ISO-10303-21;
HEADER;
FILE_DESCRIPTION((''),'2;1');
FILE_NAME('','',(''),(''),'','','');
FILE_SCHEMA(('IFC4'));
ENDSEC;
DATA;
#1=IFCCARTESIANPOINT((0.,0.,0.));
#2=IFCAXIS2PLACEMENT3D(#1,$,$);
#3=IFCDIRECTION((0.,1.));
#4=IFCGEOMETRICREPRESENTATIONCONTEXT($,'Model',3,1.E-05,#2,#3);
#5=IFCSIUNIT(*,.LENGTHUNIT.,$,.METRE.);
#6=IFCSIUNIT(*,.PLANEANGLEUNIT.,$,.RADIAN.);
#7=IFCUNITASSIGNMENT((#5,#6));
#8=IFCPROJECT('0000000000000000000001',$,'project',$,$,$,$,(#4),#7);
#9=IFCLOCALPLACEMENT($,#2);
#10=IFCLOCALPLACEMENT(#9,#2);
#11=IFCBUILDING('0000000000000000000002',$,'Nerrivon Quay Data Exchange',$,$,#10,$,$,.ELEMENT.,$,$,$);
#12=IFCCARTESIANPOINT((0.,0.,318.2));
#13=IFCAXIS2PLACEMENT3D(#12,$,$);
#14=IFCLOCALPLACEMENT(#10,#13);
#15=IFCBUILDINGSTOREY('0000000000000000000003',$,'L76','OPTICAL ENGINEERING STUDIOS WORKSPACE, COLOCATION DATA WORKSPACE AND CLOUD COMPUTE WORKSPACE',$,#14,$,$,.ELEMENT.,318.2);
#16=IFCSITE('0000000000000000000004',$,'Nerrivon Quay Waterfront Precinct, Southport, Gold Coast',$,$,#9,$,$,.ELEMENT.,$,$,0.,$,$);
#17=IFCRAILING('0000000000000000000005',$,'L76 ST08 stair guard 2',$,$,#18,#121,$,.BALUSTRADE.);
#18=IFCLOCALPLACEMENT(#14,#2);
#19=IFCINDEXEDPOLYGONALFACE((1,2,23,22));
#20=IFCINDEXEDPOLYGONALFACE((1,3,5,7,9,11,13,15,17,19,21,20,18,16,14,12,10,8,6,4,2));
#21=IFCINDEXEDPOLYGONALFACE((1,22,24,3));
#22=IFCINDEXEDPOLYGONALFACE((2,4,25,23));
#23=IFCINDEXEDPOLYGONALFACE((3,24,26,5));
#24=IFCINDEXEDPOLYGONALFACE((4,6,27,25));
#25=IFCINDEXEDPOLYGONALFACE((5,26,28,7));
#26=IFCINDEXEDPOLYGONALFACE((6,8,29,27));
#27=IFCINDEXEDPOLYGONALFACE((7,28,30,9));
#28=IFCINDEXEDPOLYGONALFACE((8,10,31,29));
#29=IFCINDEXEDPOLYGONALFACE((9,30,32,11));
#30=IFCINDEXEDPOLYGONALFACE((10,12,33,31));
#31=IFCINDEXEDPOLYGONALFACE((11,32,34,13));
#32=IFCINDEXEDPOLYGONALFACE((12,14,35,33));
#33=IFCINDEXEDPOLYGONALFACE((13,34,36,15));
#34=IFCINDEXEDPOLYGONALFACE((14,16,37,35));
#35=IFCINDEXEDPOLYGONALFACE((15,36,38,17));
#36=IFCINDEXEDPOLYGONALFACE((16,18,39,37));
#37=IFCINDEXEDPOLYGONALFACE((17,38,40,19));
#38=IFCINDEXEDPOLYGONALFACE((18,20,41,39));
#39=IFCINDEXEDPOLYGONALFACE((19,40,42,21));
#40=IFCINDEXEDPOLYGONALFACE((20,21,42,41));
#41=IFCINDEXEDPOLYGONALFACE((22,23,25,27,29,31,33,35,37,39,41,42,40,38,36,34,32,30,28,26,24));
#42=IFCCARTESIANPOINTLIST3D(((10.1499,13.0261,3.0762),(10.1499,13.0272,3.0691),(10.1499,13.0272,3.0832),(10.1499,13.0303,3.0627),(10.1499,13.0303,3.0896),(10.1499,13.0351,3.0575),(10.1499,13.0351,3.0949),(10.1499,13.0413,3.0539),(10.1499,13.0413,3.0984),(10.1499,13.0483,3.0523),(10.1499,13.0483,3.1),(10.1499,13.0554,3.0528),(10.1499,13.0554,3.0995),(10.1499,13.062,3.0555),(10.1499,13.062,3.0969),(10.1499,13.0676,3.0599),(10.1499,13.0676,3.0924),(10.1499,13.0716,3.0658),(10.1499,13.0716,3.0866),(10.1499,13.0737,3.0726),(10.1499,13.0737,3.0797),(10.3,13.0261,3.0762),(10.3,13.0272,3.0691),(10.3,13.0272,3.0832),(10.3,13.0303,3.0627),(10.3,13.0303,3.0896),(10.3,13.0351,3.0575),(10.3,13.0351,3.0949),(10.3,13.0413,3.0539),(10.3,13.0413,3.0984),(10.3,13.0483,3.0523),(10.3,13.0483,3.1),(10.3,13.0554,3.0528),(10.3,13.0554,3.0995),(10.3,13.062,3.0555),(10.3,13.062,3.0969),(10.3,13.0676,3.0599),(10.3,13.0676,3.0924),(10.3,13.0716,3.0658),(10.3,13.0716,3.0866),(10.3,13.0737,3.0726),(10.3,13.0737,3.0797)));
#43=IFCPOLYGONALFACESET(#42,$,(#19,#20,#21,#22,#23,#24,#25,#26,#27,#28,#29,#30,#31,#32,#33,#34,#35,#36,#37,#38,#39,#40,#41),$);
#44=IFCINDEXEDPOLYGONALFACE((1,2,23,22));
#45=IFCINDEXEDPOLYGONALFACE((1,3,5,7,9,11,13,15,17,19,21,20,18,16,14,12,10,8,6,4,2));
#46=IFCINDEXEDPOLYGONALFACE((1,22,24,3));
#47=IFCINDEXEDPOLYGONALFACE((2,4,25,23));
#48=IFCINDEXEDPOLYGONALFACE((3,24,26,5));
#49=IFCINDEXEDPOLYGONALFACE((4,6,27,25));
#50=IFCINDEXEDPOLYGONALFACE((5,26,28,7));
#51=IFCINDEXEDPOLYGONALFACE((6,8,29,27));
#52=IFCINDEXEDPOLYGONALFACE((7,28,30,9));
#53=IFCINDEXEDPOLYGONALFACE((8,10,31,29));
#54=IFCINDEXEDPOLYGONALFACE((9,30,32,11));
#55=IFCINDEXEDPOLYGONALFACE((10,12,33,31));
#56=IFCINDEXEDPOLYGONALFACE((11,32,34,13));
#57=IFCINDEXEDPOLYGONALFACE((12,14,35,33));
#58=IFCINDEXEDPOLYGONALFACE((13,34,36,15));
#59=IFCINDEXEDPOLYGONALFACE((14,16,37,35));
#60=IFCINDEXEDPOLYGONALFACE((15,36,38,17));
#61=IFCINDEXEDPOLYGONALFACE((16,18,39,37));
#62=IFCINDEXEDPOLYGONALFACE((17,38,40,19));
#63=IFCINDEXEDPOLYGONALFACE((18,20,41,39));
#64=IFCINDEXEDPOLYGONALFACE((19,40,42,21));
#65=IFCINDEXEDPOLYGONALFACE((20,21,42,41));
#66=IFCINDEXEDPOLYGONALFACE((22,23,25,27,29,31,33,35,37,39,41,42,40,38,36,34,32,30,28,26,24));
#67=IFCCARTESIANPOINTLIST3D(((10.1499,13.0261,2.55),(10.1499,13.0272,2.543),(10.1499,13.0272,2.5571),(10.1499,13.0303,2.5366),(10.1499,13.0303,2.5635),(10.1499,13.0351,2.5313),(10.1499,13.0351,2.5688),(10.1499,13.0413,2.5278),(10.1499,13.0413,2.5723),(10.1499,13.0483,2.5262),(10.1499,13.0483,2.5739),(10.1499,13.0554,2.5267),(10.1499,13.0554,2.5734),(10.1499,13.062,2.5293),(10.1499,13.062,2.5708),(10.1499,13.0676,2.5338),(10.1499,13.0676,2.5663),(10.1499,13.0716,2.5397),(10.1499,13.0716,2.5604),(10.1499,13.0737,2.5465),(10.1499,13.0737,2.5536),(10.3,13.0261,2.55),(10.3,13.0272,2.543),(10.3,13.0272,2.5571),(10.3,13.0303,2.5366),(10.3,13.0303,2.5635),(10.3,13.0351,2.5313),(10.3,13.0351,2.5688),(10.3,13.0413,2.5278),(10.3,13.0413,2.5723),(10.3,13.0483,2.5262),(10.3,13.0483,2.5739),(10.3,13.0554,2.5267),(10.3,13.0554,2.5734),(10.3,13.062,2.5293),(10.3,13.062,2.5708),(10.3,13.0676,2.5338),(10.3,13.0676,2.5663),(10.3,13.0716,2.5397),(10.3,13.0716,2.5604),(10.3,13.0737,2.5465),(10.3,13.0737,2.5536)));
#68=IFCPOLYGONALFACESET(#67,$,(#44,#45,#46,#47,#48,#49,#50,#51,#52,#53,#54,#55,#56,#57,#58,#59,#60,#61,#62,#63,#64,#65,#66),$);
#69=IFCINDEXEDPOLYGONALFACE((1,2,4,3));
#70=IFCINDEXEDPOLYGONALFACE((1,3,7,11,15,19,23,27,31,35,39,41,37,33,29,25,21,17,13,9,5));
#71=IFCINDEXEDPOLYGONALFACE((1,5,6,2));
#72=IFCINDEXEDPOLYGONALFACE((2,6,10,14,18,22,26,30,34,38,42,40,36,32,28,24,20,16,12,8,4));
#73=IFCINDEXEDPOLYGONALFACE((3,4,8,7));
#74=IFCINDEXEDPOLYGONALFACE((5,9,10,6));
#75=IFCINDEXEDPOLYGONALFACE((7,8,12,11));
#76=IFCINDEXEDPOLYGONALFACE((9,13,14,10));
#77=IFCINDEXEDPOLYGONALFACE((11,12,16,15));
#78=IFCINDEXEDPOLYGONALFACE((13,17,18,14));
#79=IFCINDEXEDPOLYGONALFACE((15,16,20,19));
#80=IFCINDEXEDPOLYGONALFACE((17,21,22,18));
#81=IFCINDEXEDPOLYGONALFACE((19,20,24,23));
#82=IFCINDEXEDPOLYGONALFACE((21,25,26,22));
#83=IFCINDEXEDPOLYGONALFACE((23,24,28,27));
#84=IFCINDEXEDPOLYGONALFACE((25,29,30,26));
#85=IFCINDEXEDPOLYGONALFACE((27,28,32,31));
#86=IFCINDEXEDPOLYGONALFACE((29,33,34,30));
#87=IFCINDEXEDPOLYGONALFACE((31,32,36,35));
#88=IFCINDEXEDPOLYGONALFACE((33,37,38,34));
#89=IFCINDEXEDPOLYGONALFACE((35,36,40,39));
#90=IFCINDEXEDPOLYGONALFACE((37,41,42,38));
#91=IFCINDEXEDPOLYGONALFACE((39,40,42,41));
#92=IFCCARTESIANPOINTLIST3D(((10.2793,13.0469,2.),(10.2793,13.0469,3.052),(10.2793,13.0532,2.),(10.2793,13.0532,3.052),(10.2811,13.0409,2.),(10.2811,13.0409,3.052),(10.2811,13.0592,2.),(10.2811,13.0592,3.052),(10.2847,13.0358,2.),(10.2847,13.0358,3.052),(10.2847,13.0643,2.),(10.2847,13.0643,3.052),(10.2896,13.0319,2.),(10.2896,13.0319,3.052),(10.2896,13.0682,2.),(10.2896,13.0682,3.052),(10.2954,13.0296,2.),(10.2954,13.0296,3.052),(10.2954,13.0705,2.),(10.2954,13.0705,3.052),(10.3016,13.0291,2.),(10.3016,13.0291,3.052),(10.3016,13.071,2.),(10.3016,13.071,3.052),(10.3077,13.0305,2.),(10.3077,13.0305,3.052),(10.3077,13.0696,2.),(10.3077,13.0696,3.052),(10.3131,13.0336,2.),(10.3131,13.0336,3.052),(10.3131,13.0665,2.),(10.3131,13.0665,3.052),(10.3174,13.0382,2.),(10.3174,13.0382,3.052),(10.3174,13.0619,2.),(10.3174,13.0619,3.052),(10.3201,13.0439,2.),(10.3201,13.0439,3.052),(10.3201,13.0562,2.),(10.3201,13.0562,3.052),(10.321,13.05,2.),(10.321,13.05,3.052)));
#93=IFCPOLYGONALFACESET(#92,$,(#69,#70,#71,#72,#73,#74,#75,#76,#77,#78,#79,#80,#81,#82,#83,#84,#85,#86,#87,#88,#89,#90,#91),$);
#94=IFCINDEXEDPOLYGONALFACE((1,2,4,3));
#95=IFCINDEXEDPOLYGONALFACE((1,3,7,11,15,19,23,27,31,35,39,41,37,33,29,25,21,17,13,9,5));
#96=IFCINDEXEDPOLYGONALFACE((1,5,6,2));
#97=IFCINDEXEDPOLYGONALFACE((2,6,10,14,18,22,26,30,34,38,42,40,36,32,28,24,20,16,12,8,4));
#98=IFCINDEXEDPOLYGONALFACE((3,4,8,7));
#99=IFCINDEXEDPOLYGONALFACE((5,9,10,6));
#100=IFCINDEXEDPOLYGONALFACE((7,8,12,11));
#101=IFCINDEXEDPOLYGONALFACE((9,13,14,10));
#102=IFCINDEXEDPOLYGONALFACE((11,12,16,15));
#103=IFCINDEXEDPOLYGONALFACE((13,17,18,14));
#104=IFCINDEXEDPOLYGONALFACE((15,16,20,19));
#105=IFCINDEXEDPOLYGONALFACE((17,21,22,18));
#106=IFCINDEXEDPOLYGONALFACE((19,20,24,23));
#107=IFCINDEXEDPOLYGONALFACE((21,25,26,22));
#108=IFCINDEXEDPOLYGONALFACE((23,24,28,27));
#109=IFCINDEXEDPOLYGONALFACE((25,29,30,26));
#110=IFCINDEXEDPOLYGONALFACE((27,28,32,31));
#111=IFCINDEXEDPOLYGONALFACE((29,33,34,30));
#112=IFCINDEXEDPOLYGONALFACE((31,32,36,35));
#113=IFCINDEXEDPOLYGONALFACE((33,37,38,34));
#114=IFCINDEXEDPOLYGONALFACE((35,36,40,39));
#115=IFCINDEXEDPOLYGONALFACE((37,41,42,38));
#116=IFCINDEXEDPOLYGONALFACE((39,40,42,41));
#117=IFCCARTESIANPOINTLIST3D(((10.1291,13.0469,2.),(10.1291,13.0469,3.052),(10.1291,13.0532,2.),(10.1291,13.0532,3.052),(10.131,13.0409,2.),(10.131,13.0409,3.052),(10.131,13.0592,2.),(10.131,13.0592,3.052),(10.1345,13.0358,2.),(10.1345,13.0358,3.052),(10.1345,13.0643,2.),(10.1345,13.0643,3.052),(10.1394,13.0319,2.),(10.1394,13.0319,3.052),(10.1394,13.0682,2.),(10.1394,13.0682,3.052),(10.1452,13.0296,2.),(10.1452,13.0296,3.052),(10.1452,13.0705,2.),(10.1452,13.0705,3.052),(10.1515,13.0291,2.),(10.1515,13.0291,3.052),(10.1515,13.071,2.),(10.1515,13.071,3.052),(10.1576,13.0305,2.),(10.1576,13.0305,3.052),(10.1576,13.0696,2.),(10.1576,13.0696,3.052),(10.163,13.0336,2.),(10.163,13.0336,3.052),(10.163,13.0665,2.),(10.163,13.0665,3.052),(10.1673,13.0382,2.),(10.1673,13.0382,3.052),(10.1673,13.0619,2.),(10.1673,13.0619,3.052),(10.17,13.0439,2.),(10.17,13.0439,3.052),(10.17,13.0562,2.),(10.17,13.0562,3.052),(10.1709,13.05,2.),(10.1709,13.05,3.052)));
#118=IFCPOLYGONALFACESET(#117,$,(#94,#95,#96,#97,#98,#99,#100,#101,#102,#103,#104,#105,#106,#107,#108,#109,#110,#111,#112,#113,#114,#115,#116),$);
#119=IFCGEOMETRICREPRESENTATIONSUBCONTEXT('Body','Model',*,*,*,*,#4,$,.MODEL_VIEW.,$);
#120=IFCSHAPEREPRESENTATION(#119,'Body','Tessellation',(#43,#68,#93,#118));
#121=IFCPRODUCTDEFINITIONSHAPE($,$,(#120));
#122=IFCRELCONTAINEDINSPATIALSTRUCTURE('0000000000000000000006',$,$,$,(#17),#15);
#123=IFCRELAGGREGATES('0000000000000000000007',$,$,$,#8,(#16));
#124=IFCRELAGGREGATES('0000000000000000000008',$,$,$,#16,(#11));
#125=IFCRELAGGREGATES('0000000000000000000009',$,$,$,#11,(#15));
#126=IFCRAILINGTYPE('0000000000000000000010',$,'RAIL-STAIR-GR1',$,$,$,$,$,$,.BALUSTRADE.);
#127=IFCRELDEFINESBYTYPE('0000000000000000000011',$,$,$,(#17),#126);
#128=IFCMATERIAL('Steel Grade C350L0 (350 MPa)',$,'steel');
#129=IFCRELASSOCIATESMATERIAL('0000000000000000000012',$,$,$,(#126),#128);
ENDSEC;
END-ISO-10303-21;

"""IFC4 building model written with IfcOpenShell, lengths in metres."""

from ifc_helpers import new_model, si_unit, direction, frame, origin, origin_2d, place, context, subcontext, project, spatial, circle, extrude, material, type_object, element, save


model = new_model("IFC4")

# Units and contexts
model_context = context("Model", 3, precision=1e-05, world=origin(), true_north=direction((0.0, 1.0)))
body_context = subcontext(model_context, "Body", "Model", "MODEL_VIEW")
ifc_project = project(units=[si_unit("LENGTHUNIT", "METRE"), si_unit("PLANEANGLEUNIT", "RADIAN")], contexts=[model_context])

# Site, building, storey
site_placement = place(None, origin())
site = spatial("IfcSite", under=ifc_project, at=site_placement, Name="Nerrivon Quay Waterfront Precinct, Southport, Gold Coast", CompositionType="ELEMENT", RefElevation=0.0)
building_placement = place(site_placement, origin())
building = spatial("IfcBuilding", under=site, at=building_placement, Name="Nerrivon Quay Data Exchange", CompositionType="ELEMENT")
storey_placement = place(building_placement, frame((0.0, 0.0, 318.2)))
storey = spatial("IfcBuildingStorey", under=building, at=storey_placement, Name="L76", Description="OPTICAL ENGINEERING STUDIOS WORKSPACE, COLOCATION DATA WORKSPACE AND CLOUD COMPUTE WORKSPACE", CompositionType="ELEMENT", Elevation=318.2)

# Railing
ifc_material_1 = material(Name="Steel Grade C350L0 (350 MPa)", Category="steel")
railing_type_1 = type_object("IfcRailingType", Name="RAIL-STAIR-GR1", PredefinedType="BALUSTRADE", material=ifc_material_1)
railing_1_placement = place(storey_placement, frame((10.3, 13.05, 2.0)))
element("IfcRailing", 1, at=railing_1_placement, inside=storey, type_object=railing_type_1, Name="L76 ST08 stair guard 2", PredefinedType="BALUSTRADE", context=body_context, shape_type="SweptSolid", body=[
    extrude(circle(Radius=0.0239, at=origin_2d()), frame((0.0, 0.0, 1.0762), z_axis=(-1.0, 0.0, 0.0), x_axis=(0.0, -1.0, 0.0)), (0.0, 0.0, 1.0), 0.1501),
    extrude(circle(Radius=0.0239, at=origin_2d()), frame((0.0, 0.0, 0.55), z_axis=(-1.0, 0.0, 0.0), x_axis=(0.0, -1.0, 0.0)), (0.0, 0.0, 1.0), 0.1501),
    extrude(circle(Radius=0.021, at=origin_2d()), origin(), (0.0, 0.0, 1.0), 1.052),
    extrude(circle(Radius=0.021, at=origin_2d()), frame((-0.1501, 0.0, 0.0)), (0.0, 0.0, 1.0), 1.052),
])

save(model, "model.ifc")
